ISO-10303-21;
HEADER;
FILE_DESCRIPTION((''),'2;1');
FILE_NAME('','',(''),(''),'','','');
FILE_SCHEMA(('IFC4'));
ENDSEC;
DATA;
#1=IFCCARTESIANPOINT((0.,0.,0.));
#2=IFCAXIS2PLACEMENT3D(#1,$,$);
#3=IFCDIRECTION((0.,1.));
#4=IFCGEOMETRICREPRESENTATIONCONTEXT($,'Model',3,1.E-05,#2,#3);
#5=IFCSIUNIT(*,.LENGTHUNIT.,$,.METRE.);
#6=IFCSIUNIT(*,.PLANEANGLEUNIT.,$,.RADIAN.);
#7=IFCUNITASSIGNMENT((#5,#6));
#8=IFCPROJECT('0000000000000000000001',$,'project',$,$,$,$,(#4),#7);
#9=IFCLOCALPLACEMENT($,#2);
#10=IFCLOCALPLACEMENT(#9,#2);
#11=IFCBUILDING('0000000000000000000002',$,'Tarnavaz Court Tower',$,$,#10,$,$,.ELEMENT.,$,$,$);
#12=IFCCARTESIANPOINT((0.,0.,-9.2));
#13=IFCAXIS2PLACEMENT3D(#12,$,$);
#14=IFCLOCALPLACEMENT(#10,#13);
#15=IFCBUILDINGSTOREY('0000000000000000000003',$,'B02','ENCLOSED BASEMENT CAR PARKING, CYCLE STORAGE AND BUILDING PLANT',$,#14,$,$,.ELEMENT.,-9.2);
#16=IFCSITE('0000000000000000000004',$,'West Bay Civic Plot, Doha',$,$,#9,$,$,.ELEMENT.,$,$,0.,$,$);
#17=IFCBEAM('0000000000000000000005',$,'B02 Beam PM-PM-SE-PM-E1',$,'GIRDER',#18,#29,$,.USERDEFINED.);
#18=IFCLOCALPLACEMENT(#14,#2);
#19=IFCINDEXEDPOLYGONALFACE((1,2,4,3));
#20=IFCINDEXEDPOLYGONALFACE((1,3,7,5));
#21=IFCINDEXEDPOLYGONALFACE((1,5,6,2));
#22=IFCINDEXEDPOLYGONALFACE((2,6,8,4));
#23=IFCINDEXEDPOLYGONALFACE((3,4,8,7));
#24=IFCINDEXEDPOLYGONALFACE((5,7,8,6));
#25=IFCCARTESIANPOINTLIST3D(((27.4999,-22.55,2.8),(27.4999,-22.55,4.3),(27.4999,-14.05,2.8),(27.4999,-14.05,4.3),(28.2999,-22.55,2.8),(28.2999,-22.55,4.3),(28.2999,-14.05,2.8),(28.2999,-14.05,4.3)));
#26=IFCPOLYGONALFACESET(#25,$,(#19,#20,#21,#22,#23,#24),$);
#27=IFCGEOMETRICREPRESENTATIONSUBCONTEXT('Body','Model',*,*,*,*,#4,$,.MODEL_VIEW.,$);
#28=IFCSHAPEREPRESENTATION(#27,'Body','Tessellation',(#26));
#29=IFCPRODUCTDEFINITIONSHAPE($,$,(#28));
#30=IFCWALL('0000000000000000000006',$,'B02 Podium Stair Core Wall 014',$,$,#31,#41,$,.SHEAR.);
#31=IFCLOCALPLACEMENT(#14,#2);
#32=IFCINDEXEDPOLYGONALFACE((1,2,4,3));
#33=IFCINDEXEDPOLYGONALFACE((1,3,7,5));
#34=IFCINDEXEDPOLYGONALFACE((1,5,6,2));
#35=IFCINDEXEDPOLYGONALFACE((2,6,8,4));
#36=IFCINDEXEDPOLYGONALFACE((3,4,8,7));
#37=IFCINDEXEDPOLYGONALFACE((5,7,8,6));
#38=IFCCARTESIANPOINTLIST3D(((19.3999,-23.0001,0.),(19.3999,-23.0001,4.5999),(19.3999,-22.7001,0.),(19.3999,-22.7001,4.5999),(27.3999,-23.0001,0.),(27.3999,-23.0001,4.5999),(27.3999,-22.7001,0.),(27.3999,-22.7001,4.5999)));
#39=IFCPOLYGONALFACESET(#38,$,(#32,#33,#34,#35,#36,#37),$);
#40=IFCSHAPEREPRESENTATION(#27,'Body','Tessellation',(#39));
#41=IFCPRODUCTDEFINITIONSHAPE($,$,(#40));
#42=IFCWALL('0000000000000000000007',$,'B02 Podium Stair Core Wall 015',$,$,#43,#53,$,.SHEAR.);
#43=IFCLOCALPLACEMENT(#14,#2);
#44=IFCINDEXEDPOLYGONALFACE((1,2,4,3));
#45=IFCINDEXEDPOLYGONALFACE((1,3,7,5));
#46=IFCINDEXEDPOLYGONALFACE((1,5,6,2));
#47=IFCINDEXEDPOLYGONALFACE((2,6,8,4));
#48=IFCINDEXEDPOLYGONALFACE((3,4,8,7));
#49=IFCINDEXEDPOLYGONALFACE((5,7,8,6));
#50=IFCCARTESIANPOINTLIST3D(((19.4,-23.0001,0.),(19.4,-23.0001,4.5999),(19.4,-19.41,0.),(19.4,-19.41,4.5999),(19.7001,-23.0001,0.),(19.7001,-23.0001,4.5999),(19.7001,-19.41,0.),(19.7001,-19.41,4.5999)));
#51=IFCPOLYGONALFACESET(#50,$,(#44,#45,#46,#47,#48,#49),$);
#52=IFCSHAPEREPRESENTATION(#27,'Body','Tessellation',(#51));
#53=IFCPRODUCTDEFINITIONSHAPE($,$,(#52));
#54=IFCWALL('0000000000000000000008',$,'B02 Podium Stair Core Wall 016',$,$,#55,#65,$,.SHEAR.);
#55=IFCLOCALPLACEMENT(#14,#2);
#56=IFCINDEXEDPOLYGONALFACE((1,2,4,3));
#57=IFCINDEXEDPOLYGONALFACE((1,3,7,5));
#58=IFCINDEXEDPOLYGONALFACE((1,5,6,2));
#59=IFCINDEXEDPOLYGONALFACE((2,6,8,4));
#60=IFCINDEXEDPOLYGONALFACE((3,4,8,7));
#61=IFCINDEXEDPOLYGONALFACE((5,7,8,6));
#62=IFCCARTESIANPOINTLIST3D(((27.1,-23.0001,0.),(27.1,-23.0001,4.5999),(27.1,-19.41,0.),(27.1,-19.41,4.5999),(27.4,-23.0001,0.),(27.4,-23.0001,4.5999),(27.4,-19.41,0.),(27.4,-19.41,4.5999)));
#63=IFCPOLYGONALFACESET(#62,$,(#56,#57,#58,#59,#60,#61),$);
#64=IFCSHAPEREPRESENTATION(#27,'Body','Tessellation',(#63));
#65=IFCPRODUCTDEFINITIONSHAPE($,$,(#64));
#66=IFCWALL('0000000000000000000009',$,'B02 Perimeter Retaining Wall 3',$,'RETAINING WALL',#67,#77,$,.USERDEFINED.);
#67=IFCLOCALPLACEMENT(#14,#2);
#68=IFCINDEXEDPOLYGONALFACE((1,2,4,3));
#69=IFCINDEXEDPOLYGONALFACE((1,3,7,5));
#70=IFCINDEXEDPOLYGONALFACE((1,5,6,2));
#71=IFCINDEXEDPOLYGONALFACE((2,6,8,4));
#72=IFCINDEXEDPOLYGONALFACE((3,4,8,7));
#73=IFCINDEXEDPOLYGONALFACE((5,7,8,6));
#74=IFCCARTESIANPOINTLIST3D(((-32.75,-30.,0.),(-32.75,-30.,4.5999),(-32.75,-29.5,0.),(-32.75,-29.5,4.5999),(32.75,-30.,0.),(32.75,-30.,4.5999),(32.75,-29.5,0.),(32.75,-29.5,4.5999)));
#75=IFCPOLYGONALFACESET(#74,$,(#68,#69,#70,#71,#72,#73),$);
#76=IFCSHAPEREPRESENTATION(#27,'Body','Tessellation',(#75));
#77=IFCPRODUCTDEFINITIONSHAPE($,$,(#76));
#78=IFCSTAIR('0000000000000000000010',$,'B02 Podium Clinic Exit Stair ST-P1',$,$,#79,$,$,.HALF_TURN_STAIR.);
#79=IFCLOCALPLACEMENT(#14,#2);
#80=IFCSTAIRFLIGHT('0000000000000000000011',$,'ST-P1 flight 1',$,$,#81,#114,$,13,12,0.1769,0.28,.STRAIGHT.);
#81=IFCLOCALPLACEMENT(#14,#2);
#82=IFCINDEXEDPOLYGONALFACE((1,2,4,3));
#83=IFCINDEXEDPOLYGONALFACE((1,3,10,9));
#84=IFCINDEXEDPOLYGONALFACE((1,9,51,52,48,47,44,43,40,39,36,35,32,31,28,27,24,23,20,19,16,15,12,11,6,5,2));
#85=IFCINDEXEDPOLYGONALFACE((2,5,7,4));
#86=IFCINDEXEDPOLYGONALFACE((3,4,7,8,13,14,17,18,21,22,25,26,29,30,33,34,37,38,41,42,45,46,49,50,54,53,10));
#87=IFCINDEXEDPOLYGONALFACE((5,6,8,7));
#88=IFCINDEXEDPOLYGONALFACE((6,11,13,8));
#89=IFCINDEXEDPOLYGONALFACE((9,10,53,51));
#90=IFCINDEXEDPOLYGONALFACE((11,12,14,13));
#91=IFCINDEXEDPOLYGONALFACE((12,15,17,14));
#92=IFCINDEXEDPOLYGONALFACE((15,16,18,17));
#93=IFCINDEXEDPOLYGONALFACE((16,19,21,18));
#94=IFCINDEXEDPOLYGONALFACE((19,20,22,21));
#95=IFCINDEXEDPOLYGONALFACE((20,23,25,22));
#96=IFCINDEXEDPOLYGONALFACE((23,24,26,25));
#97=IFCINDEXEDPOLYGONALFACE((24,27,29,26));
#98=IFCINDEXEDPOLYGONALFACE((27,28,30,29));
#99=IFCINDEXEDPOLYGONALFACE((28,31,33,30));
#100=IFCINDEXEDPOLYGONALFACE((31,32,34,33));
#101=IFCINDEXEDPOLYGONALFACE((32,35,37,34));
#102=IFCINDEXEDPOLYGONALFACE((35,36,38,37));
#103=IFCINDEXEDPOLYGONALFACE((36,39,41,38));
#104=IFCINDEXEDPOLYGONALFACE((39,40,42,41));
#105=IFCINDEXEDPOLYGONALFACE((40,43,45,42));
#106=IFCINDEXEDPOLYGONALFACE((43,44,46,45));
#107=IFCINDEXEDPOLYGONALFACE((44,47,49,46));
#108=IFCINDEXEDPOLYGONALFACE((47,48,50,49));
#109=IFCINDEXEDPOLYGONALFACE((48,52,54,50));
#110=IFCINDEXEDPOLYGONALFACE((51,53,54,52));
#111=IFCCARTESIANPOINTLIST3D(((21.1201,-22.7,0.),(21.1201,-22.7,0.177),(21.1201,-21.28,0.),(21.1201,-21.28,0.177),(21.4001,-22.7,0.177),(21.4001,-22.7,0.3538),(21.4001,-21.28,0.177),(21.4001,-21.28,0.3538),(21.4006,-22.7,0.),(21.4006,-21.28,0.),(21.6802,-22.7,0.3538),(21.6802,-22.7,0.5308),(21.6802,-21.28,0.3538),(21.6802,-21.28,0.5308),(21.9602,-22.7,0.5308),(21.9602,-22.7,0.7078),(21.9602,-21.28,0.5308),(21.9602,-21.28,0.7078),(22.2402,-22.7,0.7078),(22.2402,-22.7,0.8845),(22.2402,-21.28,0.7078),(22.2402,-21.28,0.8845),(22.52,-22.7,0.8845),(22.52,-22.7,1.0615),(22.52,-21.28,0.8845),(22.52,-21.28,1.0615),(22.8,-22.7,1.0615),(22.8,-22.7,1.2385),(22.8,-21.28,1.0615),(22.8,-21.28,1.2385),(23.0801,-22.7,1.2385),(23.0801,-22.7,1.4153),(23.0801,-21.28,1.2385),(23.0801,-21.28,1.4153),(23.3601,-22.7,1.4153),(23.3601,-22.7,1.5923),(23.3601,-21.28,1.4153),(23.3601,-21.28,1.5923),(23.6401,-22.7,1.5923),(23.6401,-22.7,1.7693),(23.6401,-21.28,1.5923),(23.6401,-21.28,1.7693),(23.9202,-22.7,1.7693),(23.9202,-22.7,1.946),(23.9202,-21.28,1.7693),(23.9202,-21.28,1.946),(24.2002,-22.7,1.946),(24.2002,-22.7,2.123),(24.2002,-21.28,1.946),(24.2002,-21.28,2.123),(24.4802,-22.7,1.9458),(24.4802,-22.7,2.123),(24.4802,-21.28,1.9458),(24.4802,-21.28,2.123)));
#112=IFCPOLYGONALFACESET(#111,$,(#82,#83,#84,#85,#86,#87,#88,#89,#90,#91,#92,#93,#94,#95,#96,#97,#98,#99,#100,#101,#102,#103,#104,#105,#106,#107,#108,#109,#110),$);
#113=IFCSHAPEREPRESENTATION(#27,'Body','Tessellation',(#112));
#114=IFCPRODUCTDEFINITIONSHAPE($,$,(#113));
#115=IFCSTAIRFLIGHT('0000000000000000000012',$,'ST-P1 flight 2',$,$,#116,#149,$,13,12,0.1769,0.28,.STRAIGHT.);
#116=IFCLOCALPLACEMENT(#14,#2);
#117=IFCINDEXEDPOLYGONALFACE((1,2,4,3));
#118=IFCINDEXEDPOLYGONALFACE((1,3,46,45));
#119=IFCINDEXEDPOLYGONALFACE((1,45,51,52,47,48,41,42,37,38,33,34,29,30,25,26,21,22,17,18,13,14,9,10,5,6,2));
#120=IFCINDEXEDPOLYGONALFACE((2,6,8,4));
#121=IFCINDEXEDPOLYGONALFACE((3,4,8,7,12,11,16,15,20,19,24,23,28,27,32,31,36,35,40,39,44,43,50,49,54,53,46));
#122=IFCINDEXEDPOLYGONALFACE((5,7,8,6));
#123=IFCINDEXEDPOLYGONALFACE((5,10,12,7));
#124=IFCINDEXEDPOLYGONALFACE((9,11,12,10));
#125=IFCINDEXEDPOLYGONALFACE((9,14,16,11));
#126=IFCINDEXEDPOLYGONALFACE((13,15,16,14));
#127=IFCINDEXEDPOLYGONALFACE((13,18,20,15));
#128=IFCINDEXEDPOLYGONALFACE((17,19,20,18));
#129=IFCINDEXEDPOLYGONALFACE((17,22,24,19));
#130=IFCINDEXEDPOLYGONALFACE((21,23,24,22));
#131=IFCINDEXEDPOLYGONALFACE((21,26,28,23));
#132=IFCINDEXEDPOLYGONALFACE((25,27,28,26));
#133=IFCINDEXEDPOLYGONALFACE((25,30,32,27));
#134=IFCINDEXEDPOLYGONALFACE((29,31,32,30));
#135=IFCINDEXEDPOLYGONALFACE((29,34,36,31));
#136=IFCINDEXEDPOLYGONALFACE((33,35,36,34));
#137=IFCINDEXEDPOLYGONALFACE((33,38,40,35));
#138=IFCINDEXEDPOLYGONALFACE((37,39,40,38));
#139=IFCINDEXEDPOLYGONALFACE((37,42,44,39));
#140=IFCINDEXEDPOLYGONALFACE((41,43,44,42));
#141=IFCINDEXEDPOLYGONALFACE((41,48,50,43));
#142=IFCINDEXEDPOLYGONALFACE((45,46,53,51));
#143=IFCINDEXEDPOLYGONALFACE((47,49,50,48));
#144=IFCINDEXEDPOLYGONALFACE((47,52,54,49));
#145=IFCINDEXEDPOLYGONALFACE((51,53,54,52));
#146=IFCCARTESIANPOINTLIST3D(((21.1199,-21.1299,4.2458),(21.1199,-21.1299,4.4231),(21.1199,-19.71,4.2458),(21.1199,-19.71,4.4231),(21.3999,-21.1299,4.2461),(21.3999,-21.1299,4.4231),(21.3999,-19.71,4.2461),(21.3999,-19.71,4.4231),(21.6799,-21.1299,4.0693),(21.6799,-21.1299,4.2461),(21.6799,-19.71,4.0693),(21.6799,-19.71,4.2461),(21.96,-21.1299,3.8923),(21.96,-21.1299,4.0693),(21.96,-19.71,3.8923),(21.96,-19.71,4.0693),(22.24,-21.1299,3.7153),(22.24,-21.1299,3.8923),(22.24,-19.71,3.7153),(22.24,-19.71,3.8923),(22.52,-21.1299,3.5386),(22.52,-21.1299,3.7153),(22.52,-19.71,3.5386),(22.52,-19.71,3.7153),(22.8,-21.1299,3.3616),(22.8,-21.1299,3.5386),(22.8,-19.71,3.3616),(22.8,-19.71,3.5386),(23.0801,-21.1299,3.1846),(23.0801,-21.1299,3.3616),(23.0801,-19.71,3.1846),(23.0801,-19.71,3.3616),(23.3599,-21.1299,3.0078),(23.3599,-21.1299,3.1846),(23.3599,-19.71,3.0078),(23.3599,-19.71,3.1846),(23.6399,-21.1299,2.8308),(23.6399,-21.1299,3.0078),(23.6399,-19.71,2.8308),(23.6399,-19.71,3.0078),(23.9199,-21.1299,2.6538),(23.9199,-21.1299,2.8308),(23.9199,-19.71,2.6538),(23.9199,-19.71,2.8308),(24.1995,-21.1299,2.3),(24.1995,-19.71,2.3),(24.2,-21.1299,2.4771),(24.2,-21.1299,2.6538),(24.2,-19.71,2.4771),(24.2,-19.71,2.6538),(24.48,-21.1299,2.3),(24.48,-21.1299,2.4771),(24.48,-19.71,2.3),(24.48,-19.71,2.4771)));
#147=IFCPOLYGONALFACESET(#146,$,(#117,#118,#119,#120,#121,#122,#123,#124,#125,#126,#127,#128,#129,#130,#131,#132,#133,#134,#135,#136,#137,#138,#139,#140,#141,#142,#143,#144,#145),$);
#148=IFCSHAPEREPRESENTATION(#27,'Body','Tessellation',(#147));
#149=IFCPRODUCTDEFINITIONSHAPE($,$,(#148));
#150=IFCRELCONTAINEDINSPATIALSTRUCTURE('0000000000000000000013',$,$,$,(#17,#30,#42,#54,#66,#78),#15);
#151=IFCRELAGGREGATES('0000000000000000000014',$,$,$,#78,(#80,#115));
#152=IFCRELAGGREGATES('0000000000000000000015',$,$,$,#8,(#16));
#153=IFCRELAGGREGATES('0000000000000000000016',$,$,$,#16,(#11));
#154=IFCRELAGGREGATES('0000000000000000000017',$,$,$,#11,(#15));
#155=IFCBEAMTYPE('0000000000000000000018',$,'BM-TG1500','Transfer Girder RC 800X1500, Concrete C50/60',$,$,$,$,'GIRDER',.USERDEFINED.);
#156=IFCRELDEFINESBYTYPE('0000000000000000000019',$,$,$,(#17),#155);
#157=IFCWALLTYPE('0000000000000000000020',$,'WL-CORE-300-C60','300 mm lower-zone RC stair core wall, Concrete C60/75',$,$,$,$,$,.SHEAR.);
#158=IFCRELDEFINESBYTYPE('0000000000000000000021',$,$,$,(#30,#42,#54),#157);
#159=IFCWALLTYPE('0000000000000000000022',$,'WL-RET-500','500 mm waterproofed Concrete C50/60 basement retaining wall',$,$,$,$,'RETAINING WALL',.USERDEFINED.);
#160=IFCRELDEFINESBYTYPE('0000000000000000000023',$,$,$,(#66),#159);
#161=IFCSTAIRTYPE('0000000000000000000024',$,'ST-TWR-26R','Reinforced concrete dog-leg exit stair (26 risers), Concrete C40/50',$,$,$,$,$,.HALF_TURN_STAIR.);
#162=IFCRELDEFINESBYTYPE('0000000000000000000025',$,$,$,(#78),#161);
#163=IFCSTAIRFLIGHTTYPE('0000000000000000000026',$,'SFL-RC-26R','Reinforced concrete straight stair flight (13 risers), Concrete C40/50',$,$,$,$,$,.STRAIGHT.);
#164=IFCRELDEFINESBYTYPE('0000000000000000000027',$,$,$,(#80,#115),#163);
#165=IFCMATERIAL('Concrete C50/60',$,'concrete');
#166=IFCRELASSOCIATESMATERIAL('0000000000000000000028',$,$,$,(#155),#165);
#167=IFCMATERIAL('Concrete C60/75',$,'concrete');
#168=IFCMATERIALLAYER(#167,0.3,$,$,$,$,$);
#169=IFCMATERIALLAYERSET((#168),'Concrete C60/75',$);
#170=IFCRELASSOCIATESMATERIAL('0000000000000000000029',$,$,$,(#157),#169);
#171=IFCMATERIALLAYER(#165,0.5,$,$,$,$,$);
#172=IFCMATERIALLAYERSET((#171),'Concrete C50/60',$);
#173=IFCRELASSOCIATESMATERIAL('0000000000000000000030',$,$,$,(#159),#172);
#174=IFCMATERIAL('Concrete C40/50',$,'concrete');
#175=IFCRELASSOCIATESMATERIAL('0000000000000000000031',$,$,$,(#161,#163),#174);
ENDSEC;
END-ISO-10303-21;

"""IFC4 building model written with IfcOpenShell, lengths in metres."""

from ifc_helpers import new_model, si_unit, direction, frame, frame_2d, origin, origin_2d, place, context, subcontext, project, spatial, polyline, rectangle, outline, extrude, material, layer, layer_set, material_profile, profile_set, type_object, element, aggregate, save


model = new_model("IFC4")

# Units and contexts
model_context = context("Model", 3, precision=1e-05, world=origin(), true_north=direction((0.0, 1.0)))
body_context = subcontext(model_context, "Body", "Model", "MODEL_VIEW")
ifc_project = project(units=[si_unit("LENGTHUNIT", "METRE"), si_unit("PLANEANGLEUNIT", "RADIAN")], contexts=[model_context])

# Site, building, storey
site_placement = place(None, origin())
site = spatial("IfcSite", under=ifc_project, at=site_placement, Name="West Bay Civic Plot, Doha", CompositionType="ELEMENT", RefElevation=0.0)
building_placement = place(site_placement, origin())
building = spatial("IfcBuilding", under=site, at=building_placement, Name="Tarnavaz Court Tower", CompositionType="ELEMENT")
storey_placement = place(building_placement, frame((0.0, 0.0, -9.2)))
storey = spatial("IfcBuildingStorey", under=building, at=storey_placement, Name="B02", Description="ENCLOSED BASEMENT CAR PARKING, CYCLE STORAGE AND BUILDING PLANT", CompositionType="ELEMENT", Elevation=-9.2)

# Shared definitions
ifc_material_1 = material(Name="Concrete C50/60", Category="concrete")

# Shared definitions
ifc_material_2 = material(Name="Concrete C60/75", Category="concrete")

# Beam
ifc_material_profile_1 = material_profile(ifc_material_1, rectangle(XDim=0.8, YDim=1.5, at=origin_2d()), Name="RC 800X1500")
ifc_profile_set_1 = profile_set([ifc_material_profile_1], Name="Concrete C50/60")
beam_type_1 = type_object("IfcBeamType", Name="BM-TG1500", Description="Transfer Girder RC 800X1500, Concrete C50/60", ElementType="GIRDER", PredefinedType="USERDEFINED", material=ifc_profile_set_1)
beam_1_placement = place(storey_placement, frame((27.8999, -22.55, 3.55), z_axis=(0.0, 1.0, 0.0), x_axis=(-1.0, 0.0, 0.0)))
element("IfcBeam", 1, at=beam_1_placement, inside=storey, type_object=beam_type_1, Name="B02 Beam PM-PM-SE-PM-E1", ObjectType="GIRDER", PredefinedType="USERDEFINED", context=body_context, shape_type="SweptSolid", body=[
    extrude(rectangle(XDim=0.8, YDim=1.5, at=origin_2d()), origin(), (0.0, 0.0, 1.0), 8.5),
])

# Walls
ifc_layer_1 = layer(ifc_material_2, 0.3)
ifc_layer_set_1 = layer_set([ifc_layer_1], Name="Concrete C60/75")
wall_type_1 = type_object("IfcWallType", Name="WL-CORE-300-C60", Description="300 mm lower-zone RC stair core wall, Concrete C60/75", PredefinedType="SHEAR", material=ifc_layer_set_1)
wall_1_placement = place(storey_placement, frame((19.3999, -22.8501, 0.0), z_axis=(0.0, 0.0, 1.0), x_axis=(1.0, 0.0, 0.0)))
element("IfcWall", 2, at=wall_1_placement, inside=storey, type_object=wall_type_1, Name="B02 Podium Stair Core Wall 014", PredefinedType="SHEAR", context=body_context, shape_type="SweptSolid", body=[
    extrude(rectangle(XDim=8.0, YDim=0.3, at=frame_2d((4.0, 0.0))), origin(), (0.0, 0.0, 1.0), 4.5999),
])
for number, where, z_axis, x_axis, name in (
    (3, (19.55, -23.0, 0.0), (0.0, 0.0, 1.0), (0.0, 1.0, 0.0), "B02 Podium Stair Core Wall 015"),
    (4, (27.25, -23.0, 0.0), (0.0, 0.0, 1.0), (0.0, 1.0, 0.0), "B02 Podium Stair Core Wall 016"),
):
    element("IfcWall", number, at=place(storey_placement, frame(where, z_axis=z_axis, x_axis=x_axis)), inside=storey, type_object=wall_type_1, Name=name, PredefinedType="SHEAR", context=body_context, shape_type="SweptSolid", body=[
        extrude(rectangle(XDim=3.5901, YDim=0.3, at=frame_2d((1.7949, 0.0))), origin(), (0.0, 0.0, 1.0), 4.5999),
    ])
ifc_layer_2 = layer(ifc_material_1, 0.5)
ifc_layer_set_2 = layer_set([ifc_layer_2], Name="Concrete C50/60")
wall_type_2 = type_object("IfcWallType", Name="WL-RET-500", Description="500 mm waterproofed Concrete C50/60 basement retaining wall", ElementType="RETAINING WALL", PredefinedType="USERDEFINED", material=ifc_layer_set_2)
wall_2_placement = place(storey_placement, frame((32.75, -29.75, 0.0), z_axis=(0.0, 0.0, 1.0), x_axis=(-1.0, 0.0, 0.0)))
element("IfcWall", 5, at=wall_2_placement, inside=storey, type_object=wall_type_2, Name="B02 Perimeter Retaining Wall 3", ObjectType="RETAINING WALL", PredefinedType="USERDEFINED", context=body_context, shape_type="SweptSolid", body=[
    extrude(rectangle(XDim=65.5, YDim=0.5, at=frame_2d((32.75, 0.0))), origin(), (0.0, 0.0, 1.0), 4.5999),
])

# Stair, stair flights
ifc_material_3 = material(Name="Concrete C40/50", Category="concrete")
stair_type = type_object("IfcStairType", Name="ST-TWR-26R", Description="Reinforced concrete dog-leg exit stair (26 risers), Concrete C40/50", PredefinedType="HALF_TURN_STAIR", material=ifc_material_3)
stair_placement = place(storey_placement, origin())
stair = element("IfcStair", 6, at=stair_placement, inside=storey, type_object=stair_type, Name="B02 Podium Clinic Exit Stair ST-P1", PredefinedType="HALF_TURN_STAIR")
stair_flight_type = type_object("IfcStairFlightType", Name="SFL-RC-26R", Description="Reinforced concrete straight stair flight (13 risers), Concrete C40/50", PredefinedType="STRAIGHT", material=ifc_material_3)
stair_flight_1_placement = place(storey_placement, frame((21.1201, -21.99, 0.0), z_axis=(0.0, 0.0, 1.0), x_axis=(1.0, 0.0, 0.0)))
stair_flight_1 = element("IfcStairFlight", 7, at=stair_flight_1_placement, type_object=stair_flight_type, Name="ST-P1 flight 1", NumberOfRisers=13, NumberOfTreads=12, PredefinedType="STRAIGHT", RiserHeight=0.1769, TreadLength=0.28, context=body_context, shape_type="SweptSolid", body=[
    extrude(outline(polyline([(0.0, 0.0), (0.0, 0.177), (0.28, 0.177), (0.28, 0.3538), (0.5601, 0.3538), (0.5601, 0.5308), (0.8401, 0.5308), (0.8401, 0.7078), (1.1201, 0.7078), (1.1201, 0.8845), (1.3999, 0.8845), (1.3999, 1.0615), (1.6799, 1.0615), (1.6799, 1.2385), (1.96, 1.2385), (1.96, 1.4153), (2.24, 1.4153), (2.24, 1.5923), (2.52, 1.5923), (2.52, 1.7693), (2.8, 1.7693), (2.8, 1.946), (3.0801, 1.946), (3.0801, 2.123), (3.3601, 2.123), (3.3601, 2.3), (3.3601, 1.9458), (0.2805, 0.0), (0.0, 0.0)])), frame((0.0, 0.71, 0.0), z_axis=(0.0, -1.0, 0.0), x_axis=(1.0, 0.0, 0.0)), (0.0, 0.0, 1.0), 1.4199),
])
stair_flight_2_placement = place(storey_placement, frame((24.48, -20.4199, 2.3), z_axis=(0.0, 0.0, 1.0), x_axis=(-1.0, 0.0, 0.0)))
stair_flight_2 = element("IfcStairFlight", 8, at=stair_flight_2_placement, type_object=stair_flight_type, Name="ST-P1 flight 2", NumberOfRisers=13, NumberOfTreads=12, PredefinedType="STRAIGHT", RiserHeight=0.1769, TreadLength=0.28, context=body_context, shape_type="SweptSolid", body=[
    extrude(outline(polyline([(0.0, 0.0), (0.0, 0.177), (0.28, 0.177), (0.28, 0.3538), (0.5601, 0.3538), (0.5601, 0.5308), (0.8401, 0.5308), (0.8401, 0.7078), (1.1201, 0.7078), (1.1201, 0.8845), (1.3999, 0.8845), (1.3999, 1.0615), (1.6799, 1.0615), (1.6799, 1.2385), (1.96, 1.2385), (1.96, 1.4153), (2.24, 1.4153), (2.24, 1.5923), (2.52, 1.5923), (2.52, 1.7693), (2.8, 1.7693), (2.8, 1.946), (3.0801, 1.946), (3.0801, 2.123), (3.3601, 2.123), (3.3601, 2.3), (3.3601, 1.9458), (0.2805, 0.0), (0.0, 0.0)])), frame((0.0, 0.71, 0.0), z_axis=(0.0, -1.0, 0.0), x_axis=(1.0, 0.0, 0.0)), (0.0, 0.0, 1.0), 1.4199),
])
aggregate(stair, [stair_flight_1, stair_flight_2])

save(model, "model.ifc")
